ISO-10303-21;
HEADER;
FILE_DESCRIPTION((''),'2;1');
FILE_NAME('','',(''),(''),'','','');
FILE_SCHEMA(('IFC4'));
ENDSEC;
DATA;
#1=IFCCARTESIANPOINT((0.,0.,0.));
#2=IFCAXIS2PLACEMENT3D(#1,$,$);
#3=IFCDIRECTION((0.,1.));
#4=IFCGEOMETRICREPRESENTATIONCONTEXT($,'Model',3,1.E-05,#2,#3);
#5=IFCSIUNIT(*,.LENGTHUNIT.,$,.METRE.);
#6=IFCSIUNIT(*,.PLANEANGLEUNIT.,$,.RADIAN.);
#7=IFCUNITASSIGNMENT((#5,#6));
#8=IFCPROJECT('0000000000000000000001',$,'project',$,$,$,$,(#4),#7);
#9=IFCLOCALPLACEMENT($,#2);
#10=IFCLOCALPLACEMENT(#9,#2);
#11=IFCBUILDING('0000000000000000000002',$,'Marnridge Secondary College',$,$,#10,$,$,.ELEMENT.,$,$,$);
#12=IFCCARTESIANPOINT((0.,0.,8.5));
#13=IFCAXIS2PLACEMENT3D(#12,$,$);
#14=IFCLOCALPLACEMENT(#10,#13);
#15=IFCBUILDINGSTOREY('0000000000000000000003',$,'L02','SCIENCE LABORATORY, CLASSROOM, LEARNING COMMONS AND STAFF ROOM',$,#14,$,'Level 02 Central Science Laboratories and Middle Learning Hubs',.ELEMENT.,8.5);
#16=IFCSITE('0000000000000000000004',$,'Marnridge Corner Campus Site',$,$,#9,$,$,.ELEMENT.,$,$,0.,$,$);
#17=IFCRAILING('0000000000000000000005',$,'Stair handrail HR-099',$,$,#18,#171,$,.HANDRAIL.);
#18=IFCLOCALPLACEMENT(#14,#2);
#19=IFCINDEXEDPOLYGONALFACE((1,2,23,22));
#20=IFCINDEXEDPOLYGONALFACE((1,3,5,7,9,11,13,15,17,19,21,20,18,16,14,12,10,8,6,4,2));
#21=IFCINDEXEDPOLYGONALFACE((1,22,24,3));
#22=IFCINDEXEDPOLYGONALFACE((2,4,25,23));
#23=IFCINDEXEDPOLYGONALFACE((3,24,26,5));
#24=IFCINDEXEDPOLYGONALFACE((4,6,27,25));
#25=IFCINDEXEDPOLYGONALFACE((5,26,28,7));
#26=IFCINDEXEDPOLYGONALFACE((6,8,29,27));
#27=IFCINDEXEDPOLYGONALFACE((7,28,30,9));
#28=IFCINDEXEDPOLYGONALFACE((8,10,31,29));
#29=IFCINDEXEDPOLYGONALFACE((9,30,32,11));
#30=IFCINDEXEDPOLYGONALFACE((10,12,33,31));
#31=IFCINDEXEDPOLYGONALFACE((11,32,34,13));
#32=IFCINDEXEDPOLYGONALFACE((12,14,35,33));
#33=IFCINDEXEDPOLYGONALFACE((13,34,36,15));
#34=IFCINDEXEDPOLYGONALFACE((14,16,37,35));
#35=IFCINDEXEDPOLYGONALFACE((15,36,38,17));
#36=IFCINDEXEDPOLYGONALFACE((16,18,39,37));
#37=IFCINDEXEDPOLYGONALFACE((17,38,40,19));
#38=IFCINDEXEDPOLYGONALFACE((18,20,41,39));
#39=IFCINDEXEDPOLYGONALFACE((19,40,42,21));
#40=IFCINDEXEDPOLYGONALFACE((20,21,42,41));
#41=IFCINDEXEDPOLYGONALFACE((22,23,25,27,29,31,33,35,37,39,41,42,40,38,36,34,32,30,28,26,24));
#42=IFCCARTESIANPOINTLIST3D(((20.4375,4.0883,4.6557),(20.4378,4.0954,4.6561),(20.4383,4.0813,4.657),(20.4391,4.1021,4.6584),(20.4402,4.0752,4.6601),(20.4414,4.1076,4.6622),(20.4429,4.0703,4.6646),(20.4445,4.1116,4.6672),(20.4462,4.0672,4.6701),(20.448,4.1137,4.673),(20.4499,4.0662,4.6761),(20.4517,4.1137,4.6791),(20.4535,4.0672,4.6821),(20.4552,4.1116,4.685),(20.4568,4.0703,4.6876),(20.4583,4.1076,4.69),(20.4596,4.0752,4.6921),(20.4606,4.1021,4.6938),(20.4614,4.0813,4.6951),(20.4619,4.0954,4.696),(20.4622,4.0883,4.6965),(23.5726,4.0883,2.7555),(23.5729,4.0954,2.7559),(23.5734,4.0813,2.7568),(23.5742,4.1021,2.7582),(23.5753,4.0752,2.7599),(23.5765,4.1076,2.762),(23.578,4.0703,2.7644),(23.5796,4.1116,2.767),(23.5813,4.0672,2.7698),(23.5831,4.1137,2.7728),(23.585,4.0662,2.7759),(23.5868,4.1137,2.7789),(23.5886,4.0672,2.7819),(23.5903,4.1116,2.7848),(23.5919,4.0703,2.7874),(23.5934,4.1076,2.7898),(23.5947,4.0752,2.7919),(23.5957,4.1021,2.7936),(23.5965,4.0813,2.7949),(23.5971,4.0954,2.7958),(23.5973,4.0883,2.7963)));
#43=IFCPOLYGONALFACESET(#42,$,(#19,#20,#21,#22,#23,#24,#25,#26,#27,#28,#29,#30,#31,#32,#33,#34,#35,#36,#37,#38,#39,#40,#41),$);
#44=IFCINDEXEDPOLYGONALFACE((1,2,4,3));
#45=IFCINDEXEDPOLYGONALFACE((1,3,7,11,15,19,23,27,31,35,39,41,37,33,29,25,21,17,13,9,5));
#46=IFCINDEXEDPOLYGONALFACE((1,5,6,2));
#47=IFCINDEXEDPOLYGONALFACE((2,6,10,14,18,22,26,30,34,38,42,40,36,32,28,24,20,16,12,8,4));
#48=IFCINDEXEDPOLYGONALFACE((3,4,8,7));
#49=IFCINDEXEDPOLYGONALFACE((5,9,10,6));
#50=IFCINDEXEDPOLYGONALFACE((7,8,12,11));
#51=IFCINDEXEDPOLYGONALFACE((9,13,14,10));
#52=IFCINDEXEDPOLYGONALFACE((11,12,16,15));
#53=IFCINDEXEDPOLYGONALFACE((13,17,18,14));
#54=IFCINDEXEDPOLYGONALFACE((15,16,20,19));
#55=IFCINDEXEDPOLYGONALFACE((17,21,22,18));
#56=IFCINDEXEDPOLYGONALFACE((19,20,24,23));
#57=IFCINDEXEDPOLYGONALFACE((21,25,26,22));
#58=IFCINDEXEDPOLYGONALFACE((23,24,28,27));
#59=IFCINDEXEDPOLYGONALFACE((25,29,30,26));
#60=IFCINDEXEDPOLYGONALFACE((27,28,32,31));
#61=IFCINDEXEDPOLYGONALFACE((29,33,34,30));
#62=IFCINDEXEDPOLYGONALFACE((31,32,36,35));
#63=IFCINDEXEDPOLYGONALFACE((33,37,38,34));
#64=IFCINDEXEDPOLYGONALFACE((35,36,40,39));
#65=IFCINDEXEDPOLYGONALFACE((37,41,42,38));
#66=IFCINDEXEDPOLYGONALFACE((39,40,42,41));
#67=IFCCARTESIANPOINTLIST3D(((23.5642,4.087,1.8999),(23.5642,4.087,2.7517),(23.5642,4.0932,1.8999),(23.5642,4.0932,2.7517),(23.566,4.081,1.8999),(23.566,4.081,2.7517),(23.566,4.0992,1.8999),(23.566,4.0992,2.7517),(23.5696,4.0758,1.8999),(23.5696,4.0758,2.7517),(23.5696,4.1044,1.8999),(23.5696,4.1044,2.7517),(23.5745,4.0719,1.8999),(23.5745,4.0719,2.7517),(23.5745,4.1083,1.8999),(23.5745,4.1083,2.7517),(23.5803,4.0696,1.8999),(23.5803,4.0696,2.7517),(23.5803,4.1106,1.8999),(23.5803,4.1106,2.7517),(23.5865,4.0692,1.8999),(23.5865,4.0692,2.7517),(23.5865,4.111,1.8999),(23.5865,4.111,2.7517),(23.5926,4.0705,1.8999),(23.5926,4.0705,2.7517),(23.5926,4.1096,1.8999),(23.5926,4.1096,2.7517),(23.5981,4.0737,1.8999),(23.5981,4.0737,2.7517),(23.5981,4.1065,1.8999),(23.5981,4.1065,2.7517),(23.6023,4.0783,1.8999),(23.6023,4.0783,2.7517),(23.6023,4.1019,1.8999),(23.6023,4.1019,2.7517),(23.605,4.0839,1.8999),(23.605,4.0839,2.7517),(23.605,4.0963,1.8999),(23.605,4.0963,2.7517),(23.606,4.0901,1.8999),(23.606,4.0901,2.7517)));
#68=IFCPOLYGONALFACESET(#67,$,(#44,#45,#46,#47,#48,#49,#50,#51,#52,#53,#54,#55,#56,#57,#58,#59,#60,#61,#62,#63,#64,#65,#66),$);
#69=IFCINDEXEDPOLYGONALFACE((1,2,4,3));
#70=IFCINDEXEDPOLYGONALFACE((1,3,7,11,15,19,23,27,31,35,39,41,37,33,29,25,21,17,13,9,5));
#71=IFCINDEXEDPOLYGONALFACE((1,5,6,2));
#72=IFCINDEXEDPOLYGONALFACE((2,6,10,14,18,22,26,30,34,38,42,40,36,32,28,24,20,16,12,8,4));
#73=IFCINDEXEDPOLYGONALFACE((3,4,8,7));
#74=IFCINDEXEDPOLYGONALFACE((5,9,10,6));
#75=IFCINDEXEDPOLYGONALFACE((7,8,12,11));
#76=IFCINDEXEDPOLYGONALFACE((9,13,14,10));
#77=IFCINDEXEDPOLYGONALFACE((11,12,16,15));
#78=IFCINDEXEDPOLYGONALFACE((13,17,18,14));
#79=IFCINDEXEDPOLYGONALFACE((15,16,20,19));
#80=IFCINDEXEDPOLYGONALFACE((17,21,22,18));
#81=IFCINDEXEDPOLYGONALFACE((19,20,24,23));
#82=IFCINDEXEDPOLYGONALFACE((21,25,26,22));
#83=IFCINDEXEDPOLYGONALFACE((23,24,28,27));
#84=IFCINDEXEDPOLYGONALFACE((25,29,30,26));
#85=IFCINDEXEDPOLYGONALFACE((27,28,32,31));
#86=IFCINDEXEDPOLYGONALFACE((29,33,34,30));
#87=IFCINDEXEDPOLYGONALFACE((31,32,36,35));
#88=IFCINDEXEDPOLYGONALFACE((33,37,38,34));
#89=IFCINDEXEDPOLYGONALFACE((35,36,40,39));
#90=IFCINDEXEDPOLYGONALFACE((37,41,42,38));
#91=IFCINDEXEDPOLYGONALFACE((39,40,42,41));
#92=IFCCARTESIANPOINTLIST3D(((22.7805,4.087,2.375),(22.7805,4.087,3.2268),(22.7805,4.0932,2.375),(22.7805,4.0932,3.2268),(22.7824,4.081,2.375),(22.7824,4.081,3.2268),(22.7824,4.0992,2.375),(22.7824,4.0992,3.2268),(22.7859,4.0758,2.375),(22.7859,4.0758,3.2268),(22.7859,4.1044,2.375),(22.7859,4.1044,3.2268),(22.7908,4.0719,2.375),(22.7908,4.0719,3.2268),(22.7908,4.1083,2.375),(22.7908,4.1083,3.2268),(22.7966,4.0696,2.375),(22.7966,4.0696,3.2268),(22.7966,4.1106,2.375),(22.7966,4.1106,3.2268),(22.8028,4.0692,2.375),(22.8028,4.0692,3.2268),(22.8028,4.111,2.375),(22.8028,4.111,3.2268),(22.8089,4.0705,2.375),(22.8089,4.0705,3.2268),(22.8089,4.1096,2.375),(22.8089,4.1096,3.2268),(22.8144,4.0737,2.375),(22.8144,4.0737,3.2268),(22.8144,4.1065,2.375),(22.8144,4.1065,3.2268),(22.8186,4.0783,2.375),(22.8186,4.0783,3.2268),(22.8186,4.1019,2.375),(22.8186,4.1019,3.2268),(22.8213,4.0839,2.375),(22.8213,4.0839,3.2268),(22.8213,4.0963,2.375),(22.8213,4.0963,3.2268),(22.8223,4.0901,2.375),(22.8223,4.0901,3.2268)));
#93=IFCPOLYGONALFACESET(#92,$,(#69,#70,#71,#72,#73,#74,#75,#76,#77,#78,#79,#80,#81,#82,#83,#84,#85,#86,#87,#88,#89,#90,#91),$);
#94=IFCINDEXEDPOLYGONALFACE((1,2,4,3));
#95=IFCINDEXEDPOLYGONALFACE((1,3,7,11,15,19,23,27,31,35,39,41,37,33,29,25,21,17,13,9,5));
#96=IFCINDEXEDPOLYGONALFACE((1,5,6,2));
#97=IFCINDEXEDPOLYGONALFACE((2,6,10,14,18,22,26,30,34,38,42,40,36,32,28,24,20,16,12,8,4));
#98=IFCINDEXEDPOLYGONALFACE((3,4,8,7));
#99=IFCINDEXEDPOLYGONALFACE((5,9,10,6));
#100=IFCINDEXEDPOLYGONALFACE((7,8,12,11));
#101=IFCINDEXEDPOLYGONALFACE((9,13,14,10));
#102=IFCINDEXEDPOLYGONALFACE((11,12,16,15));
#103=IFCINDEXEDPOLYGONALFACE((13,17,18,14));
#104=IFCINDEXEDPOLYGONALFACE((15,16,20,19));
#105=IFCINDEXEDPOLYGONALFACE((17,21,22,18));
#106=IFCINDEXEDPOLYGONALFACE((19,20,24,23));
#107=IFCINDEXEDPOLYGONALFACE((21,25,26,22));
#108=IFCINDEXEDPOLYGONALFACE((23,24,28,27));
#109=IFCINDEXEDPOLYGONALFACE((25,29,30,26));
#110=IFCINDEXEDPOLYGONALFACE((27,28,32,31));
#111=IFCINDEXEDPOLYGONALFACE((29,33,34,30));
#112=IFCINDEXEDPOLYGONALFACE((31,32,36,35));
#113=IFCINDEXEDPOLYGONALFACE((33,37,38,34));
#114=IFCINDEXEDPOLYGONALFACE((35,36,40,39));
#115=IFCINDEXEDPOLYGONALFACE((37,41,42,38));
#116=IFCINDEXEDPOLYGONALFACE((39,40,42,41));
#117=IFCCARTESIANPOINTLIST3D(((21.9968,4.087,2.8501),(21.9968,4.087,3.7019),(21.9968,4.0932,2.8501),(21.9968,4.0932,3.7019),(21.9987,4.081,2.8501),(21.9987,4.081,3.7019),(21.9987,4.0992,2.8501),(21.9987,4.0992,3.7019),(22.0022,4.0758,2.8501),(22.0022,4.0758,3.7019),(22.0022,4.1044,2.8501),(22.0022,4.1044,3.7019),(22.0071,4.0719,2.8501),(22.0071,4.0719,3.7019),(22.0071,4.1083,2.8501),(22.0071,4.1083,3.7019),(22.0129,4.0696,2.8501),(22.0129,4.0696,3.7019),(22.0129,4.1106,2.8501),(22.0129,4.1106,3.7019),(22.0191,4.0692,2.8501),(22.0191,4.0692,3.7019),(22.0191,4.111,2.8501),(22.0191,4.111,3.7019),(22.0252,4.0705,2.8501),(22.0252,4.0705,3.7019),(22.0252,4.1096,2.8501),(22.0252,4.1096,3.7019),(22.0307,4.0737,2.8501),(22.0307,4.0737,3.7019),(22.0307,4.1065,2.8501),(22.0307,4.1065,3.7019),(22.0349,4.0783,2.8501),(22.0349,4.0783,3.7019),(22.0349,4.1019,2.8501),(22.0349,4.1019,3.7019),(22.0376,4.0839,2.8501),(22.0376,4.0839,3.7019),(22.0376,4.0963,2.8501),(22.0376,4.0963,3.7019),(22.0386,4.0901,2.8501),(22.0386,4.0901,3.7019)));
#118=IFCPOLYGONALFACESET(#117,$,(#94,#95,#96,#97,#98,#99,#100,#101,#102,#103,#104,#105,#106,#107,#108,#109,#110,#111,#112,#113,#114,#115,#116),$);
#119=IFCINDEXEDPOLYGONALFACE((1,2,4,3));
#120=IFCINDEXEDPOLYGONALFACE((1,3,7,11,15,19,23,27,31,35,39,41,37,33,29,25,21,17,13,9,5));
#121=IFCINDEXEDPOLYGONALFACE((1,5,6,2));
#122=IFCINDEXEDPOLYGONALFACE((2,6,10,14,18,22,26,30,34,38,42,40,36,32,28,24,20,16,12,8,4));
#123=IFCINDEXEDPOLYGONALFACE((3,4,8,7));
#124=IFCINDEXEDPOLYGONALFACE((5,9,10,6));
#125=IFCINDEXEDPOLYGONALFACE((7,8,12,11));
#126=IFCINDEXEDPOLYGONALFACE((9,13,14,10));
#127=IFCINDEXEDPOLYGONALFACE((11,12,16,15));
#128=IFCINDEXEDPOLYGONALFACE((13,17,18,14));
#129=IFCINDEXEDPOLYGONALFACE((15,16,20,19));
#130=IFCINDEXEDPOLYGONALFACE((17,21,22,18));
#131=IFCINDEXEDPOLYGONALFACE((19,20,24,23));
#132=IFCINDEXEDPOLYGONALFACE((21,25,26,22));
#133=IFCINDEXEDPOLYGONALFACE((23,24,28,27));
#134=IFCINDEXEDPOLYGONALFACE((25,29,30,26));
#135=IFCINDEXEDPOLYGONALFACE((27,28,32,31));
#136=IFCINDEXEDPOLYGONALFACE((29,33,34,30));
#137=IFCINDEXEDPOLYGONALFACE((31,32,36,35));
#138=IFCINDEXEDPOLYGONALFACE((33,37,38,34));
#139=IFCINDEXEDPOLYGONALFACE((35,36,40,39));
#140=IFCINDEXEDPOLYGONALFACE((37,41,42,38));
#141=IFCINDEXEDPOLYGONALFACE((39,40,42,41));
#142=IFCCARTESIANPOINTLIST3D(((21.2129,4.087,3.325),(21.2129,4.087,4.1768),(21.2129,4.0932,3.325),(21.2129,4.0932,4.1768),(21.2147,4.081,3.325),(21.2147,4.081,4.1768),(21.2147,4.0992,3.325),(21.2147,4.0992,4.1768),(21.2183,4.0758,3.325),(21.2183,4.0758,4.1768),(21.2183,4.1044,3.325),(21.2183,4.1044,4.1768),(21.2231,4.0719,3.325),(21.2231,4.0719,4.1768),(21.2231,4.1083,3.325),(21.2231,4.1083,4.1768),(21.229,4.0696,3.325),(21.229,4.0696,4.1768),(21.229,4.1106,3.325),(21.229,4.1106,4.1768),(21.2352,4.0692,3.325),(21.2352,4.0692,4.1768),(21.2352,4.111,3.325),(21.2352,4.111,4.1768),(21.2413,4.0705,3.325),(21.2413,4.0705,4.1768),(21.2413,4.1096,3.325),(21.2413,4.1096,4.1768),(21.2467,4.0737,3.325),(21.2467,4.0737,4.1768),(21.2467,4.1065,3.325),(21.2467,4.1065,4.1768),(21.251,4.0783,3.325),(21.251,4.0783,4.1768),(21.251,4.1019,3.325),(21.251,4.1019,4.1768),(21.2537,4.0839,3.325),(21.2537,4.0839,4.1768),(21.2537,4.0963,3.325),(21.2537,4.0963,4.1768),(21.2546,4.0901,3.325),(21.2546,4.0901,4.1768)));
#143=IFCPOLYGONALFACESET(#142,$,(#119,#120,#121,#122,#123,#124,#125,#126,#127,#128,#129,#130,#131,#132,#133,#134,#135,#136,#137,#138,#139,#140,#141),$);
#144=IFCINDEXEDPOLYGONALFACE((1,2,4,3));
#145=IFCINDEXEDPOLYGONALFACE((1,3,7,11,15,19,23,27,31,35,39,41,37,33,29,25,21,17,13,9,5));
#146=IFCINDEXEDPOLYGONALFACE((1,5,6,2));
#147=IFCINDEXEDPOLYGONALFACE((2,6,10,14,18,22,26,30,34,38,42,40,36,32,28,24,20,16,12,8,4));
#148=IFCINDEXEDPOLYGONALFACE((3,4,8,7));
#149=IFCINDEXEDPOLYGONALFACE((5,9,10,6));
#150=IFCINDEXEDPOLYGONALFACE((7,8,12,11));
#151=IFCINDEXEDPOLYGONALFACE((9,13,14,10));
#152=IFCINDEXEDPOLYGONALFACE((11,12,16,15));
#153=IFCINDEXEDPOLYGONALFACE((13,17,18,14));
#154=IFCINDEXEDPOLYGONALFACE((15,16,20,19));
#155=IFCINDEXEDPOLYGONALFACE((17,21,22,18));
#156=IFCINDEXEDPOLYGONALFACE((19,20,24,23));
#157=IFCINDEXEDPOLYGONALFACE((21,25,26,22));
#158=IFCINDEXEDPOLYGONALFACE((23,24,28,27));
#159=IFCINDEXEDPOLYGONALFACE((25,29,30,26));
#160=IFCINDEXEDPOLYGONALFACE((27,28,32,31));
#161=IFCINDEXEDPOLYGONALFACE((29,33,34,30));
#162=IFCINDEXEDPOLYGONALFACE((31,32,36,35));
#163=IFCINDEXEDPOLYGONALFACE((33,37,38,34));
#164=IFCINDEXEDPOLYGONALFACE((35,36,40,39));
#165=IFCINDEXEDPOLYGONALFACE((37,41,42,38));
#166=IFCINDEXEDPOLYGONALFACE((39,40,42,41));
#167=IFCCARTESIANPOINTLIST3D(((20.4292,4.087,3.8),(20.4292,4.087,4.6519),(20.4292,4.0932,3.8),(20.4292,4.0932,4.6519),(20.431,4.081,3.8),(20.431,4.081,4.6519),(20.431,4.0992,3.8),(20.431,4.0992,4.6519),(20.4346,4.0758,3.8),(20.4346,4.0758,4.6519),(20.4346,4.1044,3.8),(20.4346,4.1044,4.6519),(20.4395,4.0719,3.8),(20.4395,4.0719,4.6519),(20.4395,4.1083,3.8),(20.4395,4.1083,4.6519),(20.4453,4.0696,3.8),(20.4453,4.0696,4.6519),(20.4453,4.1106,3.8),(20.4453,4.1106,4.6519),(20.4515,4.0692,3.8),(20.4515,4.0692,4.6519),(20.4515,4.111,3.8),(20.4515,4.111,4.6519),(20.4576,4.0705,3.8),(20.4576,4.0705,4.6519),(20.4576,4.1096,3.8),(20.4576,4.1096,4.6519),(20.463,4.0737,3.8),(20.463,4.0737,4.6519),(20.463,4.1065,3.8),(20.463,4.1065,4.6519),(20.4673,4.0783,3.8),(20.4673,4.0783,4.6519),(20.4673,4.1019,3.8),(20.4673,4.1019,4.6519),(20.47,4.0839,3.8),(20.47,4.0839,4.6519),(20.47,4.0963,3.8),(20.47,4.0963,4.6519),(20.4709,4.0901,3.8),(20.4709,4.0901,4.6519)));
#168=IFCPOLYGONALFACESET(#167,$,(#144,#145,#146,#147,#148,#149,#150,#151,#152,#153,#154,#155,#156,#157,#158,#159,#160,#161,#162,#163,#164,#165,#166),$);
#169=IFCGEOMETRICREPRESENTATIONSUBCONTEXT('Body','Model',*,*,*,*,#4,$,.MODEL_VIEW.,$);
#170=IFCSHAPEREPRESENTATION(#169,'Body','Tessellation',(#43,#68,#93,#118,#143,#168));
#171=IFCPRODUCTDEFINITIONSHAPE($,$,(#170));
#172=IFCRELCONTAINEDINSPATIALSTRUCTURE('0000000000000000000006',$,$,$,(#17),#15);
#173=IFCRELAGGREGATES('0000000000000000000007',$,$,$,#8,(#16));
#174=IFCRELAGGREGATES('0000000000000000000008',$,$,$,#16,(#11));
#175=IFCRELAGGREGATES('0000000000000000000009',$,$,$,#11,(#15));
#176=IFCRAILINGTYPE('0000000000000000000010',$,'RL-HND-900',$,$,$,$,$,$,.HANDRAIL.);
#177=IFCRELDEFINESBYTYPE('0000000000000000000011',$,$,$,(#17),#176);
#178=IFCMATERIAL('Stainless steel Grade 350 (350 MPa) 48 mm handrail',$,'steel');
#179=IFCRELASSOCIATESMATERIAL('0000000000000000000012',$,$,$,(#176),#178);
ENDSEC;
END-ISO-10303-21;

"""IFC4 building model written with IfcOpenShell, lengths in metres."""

from ifc_helpers import new_model, si_unit, direction, frame, origin, origin_2d, place, context, subcontext, project, spatial, circle, extrude, material, type_object, element, save


model = new_model("IFC4")

# Units and contexts
model_context = context("Model", 3, precision=1e-05, world=origin(), true_north=direction((0.0, 1.0)))
body_context = subcontext(model_context, "Body", "Model", "MODEL_VIEW")
ifc_project = project(units=[si_unit("LENGTHUNIT", "METRE"), si_unit("PLANEANGLEUNIT", "RADIAN")], contexts=[model_context])

# Site, building, storey
site_placement = place(None, origin())
site = spatial("IfcSite", under=ifc_project, at=site_placement, Name="Marnridge Corner Campus Site", CompositionType="ELEMENT", RefElevation=0.0)
building_placement = place(site_placement, origin())
building = spatial("IfcBuilding", under=site, at=building_placement, Name="Marnridge Secondary College", CompositionType="ELEMENT")
storey_placement = place(building_placement, frame((0.0, 0.0, 8.5)))
storey = spatial("IfcBuildingStorey", under=building, at=storey_placement, Name="L02", Description="SCIENCE LABORATORY, CLASSROOM, LEARNING COMMONS AND STAFF ROOM", LongName="Level 02 Central Science Laboratories and Middle Learning Hubs", CompositionType="ELEMENT", Elevation=8.5)

# Railing
ifc_material_1 = material(Name="Stainless steel Grade 350 (350 MPa) 48 mm handrail", Category="steel")
railing_type_1 = type_object("IfcRailingType", Name="RL-HND-900", PredefinedType="HANDRAIL", material=ifc_material_1)
for number, where, name in (
    (1, (23.585, 4.0901, 1.8999), "Stair handrail HR-099"),
):
    element("IfcRailing", number, at=place(storey_placement, frame(where)), inside=storey, type_object=railing_type_1, Name=name, PredefinedType="HANDRAIL", context=body_context, shape_type="SweptSolid", body=[
        extrude(circle(Radius=0.0239, at=origin_2d()), frame((0.0, 0.0, 0.876), z_axis=(-0.855181, 0.0, 0.51833), x_axis=(0.0, -1.0, 0.0)), (0.0, 0.0, 1.0), 3.666),
        extrude(circle(Radius=0.021, at=origin_2d()), origin(), (0.0, 0.0, 1.0), 0.8518),
        extrude(circle(Radius=0.021, at=origin_2d()), frame((-0.7837, 0.0, 0.4751)), (0.0, 0.0, 1.0), 0.8518),
        extrude(circle(Radius=0.021, at=origin_2d()), frame((-1.5674, 0.0, 0.9502)), (0.0, 0.0, 1.0), 0.8518),
        extrude(circle(Radius=0.021, at=origin_2d()), frame((-2.3513, 0.0, 1.425)), (0.0, 0.0, 1.0), 0.8518),
        extrude(circle(Radius=0.021, at=origin_2d()), frame((-3.135, 0.0, 1.9001)), (0.0, 0.0, 1.0), 0.8518),
    ])

save(model, "model.ifc")
